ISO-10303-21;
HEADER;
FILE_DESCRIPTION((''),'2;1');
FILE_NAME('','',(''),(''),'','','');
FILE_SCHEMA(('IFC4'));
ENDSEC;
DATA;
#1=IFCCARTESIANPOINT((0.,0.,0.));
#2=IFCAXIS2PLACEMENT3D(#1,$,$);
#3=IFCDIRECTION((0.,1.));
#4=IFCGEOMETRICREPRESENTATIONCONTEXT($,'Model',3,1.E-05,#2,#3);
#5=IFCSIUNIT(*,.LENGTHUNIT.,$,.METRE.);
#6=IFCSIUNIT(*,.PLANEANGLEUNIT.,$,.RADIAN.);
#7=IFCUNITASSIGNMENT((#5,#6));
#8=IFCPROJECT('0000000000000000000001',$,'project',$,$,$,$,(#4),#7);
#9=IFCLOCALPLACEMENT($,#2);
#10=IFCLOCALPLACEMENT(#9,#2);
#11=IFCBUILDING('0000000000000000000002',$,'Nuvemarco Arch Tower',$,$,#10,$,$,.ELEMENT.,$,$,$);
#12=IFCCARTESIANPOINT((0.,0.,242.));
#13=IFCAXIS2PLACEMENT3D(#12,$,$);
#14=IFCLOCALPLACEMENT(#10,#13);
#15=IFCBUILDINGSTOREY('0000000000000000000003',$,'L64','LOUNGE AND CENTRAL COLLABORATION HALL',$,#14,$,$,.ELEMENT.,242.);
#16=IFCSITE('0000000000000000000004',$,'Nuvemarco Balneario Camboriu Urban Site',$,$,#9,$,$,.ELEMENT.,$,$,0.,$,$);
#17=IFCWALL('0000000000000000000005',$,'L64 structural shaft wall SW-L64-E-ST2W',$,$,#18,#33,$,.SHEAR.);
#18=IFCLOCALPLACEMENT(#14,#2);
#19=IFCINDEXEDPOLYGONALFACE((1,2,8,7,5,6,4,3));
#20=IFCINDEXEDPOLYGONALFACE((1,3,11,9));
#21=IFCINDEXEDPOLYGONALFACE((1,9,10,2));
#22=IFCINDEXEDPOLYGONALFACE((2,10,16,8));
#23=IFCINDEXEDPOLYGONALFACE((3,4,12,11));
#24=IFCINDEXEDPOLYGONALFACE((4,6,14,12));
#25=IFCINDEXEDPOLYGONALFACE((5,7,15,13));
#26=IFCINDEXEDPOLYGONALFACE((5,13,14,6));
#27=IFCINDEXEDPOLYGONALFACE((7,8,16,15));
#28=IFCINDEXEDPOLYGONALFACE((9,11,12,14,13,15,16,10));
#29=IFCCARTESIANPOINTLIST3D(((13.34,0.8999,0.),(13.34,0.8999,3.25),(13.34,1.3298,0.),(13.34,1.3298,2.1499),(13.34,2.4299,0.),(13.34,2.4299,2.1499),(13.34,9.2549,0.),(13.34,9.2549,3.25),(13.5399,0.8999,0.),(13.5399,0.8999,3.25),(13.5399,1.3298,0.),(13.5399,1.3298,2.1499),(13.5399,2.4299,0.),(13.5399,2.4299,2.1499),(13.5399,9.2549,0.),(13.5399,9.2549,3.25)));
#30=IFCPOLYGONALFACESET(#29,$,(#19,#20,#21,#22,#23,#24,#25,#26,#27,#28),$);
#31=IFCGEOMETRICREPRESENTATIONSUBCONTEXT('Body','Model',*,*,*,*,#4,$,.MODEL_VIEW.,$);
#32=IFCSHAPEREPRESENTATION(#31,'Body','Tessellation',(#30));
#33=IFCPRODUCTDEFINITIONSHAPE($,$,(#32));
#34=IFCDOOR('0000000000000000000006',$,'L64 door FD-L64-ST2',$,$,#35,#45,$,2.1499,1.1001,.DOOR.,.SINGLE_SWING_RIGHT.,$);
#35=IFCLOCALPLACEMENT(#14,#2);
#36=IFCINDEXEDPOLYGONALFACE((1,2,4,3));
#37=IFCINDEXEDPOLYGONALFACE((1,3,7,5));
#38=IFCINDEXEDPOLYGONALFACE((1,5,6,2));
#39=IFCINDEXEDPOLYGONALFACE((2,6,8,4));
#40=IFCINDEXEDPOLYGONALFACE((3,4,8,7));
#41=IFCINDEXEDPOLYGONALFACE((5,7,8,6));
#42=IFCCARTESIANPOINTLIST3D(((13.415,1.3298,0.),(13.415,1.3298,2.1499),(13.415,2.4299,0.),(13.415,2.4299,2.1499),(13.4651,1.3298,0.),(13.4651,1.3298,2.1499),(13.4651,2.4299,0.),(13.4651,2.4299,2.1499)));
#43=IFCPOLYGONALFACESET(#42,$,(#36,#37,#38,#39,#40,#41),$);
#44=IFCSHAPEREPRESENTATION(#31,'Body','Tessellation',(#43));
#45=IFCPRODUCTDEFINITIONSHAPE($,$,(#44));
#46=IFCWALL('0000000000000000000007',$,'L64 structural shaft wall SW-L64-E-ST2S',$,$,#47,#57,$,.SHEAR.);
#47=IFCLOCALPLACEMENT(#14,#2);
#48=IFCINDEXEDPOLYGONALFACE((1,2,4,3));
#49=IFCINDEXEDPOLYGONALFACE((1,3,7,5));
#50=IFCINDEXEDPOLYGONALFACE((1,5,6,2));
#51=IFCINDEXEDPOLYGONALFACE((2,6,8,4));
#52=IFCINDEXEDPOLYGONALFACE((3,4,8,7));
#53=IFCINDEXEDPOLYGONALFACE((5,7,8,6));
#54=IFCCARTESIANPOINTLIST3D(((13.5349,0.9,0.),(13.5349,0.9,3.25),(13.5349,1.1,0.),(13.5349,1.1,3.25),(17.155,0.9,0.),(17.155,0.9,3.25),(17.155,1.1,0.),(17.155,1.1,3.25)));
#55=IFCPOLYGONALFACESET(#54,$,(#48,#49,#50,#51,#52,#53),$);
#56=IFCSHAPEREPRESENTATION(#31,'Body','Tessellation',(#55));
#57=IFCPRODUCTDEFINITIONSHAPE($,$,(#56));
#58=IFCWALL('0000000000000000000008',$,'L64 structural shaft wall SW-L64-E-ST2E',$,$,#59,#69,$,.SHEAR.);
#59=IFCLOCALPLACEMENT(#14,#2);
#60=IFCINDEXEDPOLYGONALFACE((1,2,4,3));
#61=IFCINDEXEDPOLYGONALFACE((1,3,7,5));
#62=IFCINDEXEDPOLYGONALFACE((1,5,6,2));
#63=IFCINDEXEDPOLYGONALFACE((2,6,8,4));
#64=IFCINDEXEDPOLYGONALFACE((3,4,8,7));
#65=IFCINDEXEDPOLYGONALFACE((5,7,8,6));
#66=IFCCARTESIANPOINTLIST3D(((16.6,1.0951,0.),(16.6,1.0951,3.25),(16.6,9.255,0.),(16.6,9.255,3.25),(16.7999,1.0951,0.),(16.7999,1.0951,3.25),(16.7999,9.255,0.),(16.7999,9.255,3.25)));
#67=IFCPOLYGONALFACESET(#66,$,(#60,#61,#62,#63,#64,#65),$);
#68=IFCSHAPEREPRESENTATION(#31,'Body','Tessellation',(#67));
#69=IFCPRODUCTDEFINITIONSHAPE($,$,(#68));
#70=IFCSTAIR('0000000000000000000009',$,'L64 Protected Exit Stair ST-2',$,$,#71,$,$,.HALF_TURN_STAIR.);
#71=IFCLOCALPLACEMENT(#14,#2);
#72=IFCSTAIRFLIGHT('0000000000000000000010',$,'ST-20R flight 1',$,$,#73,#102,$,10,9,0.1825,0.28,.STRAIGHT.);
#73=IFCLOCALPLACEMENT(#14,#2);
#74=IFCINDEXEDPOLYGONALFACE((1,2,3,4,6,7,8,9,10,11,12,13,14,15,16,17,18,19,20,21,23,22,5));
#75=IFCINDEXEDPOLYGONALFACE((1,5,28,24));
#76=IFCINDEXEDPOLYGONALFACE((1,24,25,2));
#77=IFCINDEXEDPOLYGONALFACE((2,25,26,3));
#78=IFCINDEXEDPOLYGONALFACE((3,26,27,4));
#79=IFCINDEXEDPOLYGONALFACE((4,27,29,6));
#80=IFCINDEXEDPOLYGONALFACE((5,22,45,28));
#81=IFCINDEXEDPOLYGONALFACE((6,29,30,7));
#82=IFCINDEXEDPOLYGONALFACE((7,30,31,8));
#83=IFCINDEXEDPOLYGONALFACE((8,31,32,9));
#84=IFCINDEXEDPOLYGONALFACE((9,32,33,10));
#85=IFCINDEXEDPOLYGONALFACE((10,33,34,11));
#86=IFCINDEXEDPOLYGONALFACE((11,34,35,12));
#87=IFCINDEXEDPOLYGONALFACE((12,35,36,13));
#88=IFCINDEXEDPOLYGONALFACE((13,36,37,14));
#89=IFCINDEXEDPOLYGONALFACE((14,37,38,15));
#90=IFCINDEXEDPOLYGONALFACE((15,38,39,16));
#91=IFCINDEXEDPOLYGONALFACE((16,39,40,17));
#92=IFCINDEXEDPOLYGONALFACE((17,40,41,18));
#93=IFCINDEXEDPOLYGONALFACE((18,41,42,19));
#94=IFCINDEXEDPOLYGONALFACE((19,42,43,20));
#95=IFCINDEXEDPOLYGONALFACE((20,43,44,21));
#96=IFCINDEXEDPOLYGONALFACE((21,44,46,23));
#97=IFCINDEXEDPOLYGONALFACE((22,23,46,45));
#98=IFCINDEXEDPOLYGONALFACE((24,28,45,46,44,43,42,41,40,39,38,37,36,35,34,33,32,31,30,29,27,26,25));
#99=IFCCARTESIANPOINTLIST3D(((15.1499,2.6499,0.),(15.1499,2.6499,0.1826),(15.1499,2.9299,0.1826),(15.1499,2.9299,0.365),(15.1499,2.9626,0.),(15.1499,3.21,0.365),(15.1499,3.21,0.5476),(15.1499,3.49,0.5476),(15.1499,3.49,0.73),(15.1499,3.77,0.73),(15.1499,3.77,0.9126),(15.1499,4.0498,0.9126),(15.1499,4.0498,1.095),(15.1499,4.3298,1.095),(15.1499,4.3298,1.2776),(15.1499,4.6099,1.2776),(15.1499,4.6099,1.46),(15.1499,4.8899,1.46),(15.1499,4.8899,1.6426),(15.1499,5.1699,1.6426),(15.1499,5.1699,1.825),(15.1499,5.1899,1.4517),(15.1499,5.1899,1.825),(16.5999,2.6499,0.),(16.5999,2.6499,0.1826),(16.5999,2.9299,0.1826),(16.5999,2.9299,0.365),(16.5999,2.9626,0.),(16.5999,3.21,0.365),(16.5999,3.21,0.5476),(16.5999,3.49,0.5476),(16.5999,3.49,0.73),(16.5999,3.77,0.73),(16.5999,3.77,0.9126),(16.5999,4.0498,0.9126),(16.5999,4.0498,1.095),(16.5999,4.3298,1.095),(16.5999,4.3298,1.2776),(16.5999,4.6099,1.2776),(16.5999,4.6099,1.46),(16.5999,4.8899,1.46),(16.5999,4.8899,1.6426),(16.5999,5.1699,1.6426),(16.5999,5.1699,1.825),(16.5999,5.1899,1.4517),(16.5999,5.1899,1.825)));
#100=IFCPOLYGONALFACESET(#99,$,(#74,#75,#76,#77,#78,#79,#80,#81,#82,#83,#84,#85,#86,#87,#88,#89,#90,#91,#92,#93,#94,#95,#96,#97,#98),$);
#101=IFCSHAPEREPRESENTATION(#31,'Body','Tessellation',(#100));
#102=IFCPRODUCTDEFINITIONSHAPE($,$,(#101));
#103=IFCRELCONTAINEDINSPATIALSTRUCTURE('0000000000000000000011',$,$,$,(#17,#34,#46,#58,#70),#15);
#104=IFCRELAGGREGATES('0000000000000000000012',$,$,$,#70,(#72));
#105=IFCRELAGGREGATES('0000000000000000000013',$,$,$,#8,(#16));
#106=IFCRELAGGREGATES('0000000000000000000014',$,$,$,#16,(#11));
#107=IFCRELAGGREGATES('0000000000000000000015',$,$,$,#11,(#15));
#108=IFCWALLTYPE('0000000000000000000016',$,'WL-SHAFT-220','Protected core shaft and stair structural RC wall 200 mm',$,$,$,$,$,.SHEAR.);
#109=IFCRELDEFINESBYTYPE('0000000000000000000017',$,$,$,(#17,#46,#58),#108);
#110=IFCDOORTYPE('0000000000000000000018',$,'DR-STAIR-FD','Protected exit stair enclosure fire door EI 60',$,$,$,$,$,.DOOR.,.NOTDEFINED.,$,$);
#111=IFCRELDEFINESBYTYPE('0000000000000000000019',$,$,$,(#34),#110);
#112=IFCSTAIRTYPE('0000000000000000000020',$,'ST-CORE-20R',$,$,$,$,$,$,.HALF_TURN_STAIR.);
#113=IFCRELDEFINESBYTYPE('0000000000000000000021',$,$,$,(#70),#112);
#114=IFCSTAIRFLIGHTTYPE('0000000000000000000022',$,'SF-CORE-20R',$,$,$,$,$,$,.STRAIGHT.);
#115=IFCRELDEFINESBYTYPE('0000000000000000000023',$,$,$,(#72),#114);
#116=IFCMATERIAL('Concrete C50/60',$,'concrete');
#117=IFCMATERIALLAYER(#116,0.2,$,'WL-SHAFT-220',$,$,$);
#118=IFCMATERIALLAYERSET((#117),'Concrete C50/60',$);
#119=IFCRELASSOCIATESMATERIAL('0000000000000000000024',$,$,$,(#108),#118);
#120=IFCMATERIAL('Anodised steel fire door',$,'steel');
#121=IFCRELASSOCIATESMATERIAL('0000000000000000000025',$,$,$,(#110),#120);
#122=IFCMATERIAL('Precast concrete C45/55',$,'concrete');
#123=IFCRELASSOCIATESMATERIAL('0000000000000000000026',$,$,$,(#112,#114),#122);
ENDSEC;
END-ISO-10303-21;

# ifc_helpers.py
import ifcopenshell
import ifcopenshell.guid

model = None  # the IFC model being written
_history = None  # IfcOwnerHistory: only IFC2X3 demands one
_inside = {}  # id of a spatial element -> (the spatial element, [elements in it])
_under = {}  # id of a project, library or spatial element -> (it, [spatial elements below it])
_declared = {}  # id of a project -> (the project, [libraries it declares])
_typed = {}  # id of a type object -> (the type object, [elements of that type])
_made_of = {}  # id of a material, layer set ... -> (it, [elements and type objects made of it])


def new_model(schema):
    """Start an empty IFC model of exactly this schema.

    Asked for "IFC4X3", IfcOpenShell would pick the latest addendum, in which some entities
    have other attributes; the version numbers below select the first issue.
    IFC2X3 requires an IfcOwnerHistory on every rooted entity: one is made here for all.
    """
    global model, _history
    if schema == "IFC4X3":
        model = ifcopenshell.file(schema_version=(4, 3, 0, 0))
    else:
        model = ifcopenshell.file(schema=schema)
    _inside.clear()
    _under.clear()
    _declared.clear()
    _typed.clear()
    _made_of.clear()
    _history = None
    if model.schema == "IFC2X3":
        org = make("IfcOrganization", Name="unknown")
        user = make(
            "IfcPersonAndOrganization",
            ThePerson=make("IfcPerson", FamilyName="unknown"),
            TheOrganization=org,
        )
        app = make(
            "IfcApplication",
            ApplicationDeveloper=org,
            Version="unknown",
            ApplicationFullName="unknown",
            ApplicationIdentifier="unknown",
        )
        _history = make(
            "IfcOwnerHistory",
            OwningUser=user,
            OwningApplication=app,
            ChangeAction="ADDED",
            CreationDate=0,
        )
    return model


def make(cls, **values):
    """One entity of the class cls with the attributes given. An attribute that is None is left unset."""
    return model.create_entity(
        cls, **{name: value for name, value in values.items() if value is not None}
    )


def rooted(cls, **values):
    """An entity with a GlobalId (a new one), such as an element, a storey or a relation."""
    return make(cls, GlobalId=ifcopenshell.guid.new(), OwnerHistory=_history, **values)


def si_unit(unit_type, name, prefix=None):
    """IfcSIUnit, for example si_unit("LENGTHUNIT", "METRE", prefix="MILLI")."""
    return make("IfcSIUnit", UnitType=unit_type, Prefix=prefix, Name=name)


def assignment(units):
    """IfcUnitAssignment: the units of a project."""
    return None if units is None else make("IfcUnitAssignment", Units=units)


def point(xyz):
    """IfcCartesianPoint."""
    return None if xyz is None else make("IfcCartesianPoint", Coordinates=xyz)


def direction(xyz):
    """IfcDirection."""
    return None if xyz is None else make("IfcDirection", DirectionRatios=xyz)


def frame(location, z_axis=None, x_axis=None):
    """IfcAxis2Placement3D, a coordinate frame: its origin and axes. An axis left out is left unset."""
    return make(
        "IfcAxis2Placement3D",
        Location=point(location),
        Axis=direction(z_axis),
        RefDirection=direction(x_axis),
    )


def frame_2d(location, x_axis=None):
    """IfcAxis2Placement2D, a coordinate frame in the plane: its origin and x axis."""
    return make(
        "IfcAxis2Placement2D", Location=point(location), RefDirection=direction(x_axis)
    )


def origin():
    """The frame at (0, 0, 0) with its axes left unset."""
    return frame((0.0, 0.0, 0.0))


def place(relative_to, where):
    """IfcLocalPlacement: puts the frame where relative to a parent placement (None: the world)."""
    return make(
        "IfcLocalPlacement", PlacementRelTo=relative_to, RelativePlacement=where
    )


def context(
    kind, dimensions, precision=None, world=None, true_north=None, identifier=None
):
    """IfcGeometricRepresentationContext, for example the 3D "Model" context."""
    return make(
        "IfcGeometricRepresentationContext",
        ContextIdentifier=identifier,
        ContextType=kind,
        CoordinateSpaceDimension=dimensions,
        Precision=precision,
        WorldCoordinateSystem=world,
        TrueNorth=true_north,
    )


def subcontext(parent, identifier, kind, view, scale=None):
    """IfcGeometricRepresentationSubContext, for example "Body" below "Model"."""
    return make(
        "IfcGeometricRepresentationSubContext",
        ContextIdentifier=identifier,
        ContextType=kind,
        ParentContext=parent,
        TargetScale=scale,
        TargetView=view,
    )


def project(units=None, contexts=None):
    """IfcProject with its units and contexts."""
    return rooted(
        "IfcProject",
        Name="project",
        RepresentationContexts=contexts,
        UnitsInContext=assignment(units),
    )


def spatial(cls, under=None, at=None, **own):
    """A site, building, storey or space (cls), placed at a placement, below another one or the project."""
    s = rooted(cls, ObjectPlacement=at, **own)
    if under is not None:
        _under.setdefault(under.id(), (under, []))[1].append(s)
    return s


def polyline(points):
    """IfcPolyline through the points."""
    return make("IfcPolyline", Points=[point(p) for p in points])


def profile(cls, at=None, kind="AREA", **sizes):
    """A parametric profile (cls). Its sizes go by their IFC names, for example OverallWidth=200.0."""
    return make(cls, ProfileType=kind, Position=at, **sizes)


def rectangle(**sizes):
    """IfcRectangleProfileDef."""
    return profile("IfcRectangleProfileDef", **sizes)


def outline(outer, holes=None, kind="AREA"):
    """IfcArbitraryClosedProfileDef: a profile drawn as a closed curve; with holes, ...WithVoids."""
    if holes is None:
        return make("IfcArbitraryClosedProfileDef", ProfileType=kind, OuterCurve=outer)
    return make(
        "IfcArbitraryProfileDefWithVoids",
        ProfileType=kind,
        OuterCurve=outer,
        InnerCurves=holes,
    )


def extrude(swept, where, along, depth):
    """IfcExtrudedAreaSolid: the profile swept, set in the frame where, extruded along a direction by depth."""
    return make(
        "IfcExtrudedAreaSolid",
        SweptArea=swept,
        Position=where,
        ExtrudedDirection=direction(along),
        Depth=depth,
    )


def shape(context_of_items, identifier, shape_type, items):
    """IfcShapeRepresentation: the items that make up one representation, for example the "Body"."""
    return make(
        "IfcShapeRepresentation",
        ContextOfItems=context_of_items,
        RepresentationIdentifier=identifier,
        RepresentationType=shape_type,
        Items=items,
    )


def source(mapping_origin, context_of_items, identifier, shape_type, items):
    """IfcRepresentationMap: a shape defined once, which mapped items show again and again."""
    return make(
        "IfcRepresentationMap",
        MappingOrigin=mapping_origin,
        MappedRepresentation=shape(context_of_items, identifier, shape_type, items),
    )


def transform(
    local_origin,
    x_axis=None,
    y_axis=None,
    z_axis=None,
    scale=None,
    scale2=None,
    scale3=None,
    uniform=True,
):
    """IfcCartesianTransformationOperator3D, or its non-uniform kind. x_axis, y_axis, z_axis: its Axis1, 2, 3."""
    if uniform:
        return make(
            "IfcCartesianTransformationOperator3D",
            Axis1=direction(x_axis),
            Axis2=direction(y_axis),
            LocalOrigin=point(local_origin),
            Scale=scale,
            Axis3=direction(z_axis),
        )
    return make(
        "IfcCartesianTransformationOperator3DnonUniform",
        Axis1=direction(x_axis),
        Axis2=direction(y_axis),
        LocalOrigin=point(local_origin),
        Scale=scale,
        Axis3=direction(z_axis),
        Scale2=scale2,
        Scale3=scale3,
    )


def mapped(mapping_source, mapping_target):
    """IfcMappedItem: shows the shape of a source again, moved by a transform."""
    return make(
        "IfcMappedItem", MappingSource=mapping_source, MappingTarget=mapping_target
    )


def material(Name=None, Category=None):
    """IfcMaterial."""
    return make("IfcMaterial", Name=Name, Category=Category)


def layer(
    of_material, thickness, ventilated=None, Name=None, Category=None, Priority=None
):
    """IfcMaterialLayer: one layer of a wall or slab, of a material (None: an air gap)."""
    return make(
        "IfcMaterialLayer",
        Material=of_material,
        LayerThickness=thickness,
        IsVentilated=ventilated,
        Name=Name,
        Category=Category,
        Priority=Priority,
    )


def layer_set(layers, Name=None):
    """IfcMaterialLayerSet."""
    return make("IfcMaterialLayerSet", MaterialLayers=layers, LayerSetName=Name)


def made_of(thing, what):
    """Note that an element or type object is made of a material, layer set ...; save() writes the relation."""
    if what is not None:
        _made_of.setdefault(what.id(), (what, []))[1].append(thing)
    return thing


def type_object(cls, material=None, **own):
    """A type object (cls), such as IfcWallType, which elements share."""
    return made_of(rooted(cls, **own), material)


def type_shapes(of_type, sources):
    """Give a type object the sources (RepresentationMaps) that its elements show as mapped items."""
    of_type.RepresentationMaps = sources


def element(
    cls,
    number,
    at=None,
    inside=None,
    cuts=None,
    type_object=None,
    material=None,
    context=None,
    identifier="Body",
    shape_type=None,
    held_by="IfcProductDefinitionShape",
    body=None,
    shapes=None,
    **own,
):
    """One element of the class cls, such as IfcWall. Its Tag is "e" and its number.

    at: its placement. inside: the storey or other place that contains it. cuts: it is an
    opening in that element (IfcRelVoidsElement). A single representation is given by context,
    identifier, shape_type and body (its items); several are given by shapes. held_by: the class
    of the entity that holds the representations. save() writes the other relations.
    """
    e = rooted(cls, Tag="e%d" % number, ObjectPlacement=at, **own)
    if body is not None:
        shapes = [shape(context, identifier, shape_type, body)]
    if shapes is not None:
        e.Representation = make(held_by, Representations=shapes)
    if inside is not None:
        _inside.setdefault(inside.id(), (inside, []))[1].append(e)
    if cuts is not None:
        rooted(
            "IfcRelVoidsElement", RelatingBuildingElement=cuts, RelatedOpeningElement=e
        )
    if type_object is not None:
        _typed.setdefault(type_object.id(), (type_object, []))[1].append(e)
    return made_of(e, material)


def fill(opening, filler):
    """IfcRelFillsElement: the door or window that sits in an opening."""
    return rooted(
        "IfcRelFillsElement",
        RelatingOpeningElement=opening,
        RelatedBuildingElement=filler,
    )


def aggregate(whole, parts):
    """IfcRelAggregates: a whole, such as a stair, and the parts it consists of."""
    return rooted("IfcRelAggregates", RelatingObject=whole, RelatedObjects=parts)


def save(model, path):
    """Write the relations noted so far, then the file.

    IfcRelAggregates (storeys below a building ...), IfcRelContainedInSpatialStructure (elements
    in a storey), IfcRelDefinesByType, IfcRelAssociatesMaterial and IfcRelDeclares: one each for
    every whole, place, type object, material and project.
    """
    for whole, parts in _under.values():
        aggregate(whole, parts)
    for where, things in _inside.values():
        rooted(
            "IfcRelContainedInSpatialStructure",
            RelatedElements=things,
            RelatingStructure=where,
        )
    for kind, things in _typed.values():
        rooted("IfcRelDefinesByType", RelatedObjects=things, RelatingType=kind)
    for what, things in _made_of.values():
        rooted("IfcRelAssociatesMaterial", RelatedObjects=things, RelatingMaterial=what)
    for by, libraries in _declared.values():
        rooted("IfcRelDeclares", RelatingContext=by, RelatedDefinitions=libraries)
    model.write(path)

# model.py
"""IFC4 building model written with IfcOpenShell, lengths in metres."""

from ifc_helpers import new_model, si_unit, direction, frame, frame_2d, origin, place, context, subcontext, project, spatial, polyline, rectangle, outline, extrude, source, transform, mapped, material, layer, layer_set, type_object, type_shapes, element, fill, aggregate, save


model = new_model("IFC4")

# Units and contexts
model_context = context("Model", 3, precision=1e-05, world=origin(), true_north=direction((0.0, 1.0)))
body_context = subcontext(model_context, "Body", "Model", "MODEL_VIEW")
ifc_project = project(units=[si_unit("LENGTHUNIT", "METRE"), si_unit("PLANEANGLEUNIT", "RADIAN")], contexts=[model_context])

# Site, building, storey
site_placement = place(None, origin())
site = spatial("IfcSite", under=ifc_project, at=site_placement, Name="Nuvemarco Balneario Camboriu Urban Site", CompositionType="ELEMENT", RefElevation=0.0)
building_placement = place(site_placement, origin())
building = spatial("IfcBuilding", under=site, at=building_placement, Name="Nuvemarco Arch Tower", CompositionType="ELEMENT")
storey_placement = place(building_placement, frame((0.0, 0.0, 242.0)))
storey = spatial("IfcBuildingStorey", under=building, at=storey_placement, Name="L64", Description="LOUNGE AND CENTRAL COLLABORATION HALL", CompositionType="ELEMENT", Elevation=242.0)

# Shared definitions
ifc_material_1 = material(Name="Concrete C50/60", Category="concrete")

# Shared definitions
ifc_material_2 = material(Name="Precast concrete C45/55", Category="concrete")

# Shared definitions
ifc_material_3 = material(Name="Anodised steel fire door", Category="steel")

# Wall, opening, door
ifc_layer_1 = layer(ifc_material_1, 0.2, Name="WL-SHAFT-220")
ifc_layer_set_1 = layer_set([ifc_layer_1], Name="Concrete C50/60")
wall_type_1 = type_object("IfcWallType", Name="WL-SHAFT-220", Description="Protected core shaft and stair structural RC wall 200 mm", PredefinedType="SHEAR", material=ifc_layer_set_1)
wall_1_placement = place(storey_placement, frame((13.4399, 0.8999, 0.0), z_axis=(0.0, 0.0, 1.0), x_axis=(0.0, 1.0, 0.0)))
wall_1 = element("IfcWall", 1, at=wall_1_placement, inside=storey, type_object=wall_type_1, Name="L64 structural shaft wall SW-L64-E-ST2W", PredefinedType="SHEAR", context=body_context, shape_type="SweptSolid", body=[
    extrude(rectangle(XDim=8.355, YDim=0.2, at=frame_2d((4.1775, 0.0))), origin(), (0.0, 0.0, 1.0), 3.25),
])
opening_1_placement = place(wall_1_placement, frame((0.4299, 0.0, 0.0)))
opening_1 = element("IfcOpeningElement", 2, at=opening_1_placement, cuts=wall_1, PredefinedType="OPENING", context=body_context, shape_type="SweptSolid", body=[
    extrude(rectangle(XDim=1.1001, YDim=2.1499, at=frame_2d((0.55, 1.075))), frame((0.0, 0.1099, 0.0), z_axis=(0.0, -1.0, 0.0), x_axis=(1.0, 0.0, 0.0)), (0.0, 0.0, 1.0), 0.22),
])
door_type_1 = type_object("IfcDoorType", Name="DR-STAIR-FD", Description="Protected exit stair enclosure fire door EI 60", OperationType="NOTDEFINED", PredefinedType="DOOR", material=ifc_material_3)
shared_shape_1 = source(origin(), body_context, "Body", "SweptSolid", [
    extrude(rectangle(XDim=1.1001, YDim=2.1499, at=frame_2d((0.55, 1.075))), frame((0.0, 0.0249, 0.0), z_axis=(0.0, -1.0, 0.0), x_axis=(1.0, 0.0, 0.0)), (0.0, 0.0, 1.0), 0.05),
])
type_shapes(door_type_1, [shared_shape_1])
door_1_placement = place(opening_1_placement, origin())
door_1 = element("IfcDoor", 3, at=door_1_placement, inside=storey, type_object=door_type_1, Name="L64 door FD-L64-ST2", OperationType="SINGLE_SWING_RIGHT", OverallHeight=2.1499, OverallWidth=1.1001, PredefinedType="DOOR", context=body_context, shape_type="MappedRepresentation", body=[
    mapped(shared_shape_1, transform((0.0, 0.0, 0.0), scale=1.0)),
])
fill(opening_1, door_1)

# Walls
wall_2_placement = place(storey_placement, frame((13.5349, 1.0, 0.0), z_axis=(0.0, 0.0, 1.0), x_axis=(1.0, 0.0, 0.0)))
element("IfcWall", 4, at=wall_2_placement, inside=storey, type_object=wall_type_1, Name="L64 structural shaft wall SW-L64-E-ST2S", PredefinedType="SHEAR", context=body_context, shape_type="SweptSolid", body=[
    extrude(rectangle(XDim=3.6201, YDim=0.2, at=frame_2d((1.8101, 0.0))), origin(), (0.0, 0.0, 1.0), 3.25),
])
wall_3_placement = place(storey_placement, frame((16.7, 1.095, 0.0), z_axis=(0.0, 0.0, 1.0), x_axis=(0.0, 1.0, 0.0)))
element("IfcWall", 5, at=wall_3_placement, inside=storey, type_object=wall_type_1, Name="L64 structural shaft wall SW-L64-E-ST2E", PredefinedType="SHEAR", context=body_context, shape_type="SweptSolid", body=[
    extrude(rectangle(XDim=8.1599, YDim=0.2, at=frame_2d((4.0801, 0.0))), origin(), (0.0, 0.0, 1.0), 3.25),
])

# Stair, stair flight
stair_type = type_object("IfcStairType", Name="ST-CORE-20R", PredefinedType="HALF_TURN_STAIR", material=ifc_material_2)
stair_placement = place(storey_placement, origin())
stair = element("IfcStair", 6, at=stair_placement, inside=storey, type_object=stair_type, Name="L64 Protected Exit Stair ST-2", PredefinedType="HALF_TURN_STAIR")
stair_flight_type = type_object("IfcStairFlightType", Name="SF-CORE-20R", PredefinedType="STRAIGHT", material=ifc_material_2)
stair_flight_placement = place(storey_placement, frame((15.875, 2.6499, 0.0), z_axis=(0.0, 0.0, 1.0), x_axis=(0.0, 1.0, 0.0)))
stair_flight = element("IfcStairFlight", 7, at=stair_flight_placement, type_object=stair_flight_type, Name="ST-20R flight 1", NumberOfRisers=10, NumberOfTreads=9, PredefinedType="STRAIGHT", RiserHeight=0.1825, TreadLength=0.28, context=body_context, shape_type="SweptSolid", body=[
    extrude(outline(polyline([(0.0, 0.0), (0.0, 0.1826), (0.28, 0.1826), (0.28, 0.365), (0.5601, 0.365), (0.5601, 0.5476), (0.8401, 0.5476), (0.8401, 0.73), (1.1201, 0.73), (1.1201, 0.9126), (1.3999, 0.9126), (1.3999, 1.095), (1.6799, 1.095), (1.6799, 1.2776), (1.96, 1.2776), (1.96, 1.46), (2.24, 1.46), (2.24, 1.6426), (2.52, 1.6426), (2.52, 1.825), (2.54, 1.825), (2.54, 1.4517), (0.3127, 0.0), (0.0, 0.0)])), frame((0.0, 0.7251, 0.0), z_axis=(0.0, -1.0, 0.0), x_axis=(1.0, 0.0, 0.0)), (0.0, 0.0, 1.0), 1.45),
])
aggregate(stair, [stair_flight])

save(model, "model.ifc")
